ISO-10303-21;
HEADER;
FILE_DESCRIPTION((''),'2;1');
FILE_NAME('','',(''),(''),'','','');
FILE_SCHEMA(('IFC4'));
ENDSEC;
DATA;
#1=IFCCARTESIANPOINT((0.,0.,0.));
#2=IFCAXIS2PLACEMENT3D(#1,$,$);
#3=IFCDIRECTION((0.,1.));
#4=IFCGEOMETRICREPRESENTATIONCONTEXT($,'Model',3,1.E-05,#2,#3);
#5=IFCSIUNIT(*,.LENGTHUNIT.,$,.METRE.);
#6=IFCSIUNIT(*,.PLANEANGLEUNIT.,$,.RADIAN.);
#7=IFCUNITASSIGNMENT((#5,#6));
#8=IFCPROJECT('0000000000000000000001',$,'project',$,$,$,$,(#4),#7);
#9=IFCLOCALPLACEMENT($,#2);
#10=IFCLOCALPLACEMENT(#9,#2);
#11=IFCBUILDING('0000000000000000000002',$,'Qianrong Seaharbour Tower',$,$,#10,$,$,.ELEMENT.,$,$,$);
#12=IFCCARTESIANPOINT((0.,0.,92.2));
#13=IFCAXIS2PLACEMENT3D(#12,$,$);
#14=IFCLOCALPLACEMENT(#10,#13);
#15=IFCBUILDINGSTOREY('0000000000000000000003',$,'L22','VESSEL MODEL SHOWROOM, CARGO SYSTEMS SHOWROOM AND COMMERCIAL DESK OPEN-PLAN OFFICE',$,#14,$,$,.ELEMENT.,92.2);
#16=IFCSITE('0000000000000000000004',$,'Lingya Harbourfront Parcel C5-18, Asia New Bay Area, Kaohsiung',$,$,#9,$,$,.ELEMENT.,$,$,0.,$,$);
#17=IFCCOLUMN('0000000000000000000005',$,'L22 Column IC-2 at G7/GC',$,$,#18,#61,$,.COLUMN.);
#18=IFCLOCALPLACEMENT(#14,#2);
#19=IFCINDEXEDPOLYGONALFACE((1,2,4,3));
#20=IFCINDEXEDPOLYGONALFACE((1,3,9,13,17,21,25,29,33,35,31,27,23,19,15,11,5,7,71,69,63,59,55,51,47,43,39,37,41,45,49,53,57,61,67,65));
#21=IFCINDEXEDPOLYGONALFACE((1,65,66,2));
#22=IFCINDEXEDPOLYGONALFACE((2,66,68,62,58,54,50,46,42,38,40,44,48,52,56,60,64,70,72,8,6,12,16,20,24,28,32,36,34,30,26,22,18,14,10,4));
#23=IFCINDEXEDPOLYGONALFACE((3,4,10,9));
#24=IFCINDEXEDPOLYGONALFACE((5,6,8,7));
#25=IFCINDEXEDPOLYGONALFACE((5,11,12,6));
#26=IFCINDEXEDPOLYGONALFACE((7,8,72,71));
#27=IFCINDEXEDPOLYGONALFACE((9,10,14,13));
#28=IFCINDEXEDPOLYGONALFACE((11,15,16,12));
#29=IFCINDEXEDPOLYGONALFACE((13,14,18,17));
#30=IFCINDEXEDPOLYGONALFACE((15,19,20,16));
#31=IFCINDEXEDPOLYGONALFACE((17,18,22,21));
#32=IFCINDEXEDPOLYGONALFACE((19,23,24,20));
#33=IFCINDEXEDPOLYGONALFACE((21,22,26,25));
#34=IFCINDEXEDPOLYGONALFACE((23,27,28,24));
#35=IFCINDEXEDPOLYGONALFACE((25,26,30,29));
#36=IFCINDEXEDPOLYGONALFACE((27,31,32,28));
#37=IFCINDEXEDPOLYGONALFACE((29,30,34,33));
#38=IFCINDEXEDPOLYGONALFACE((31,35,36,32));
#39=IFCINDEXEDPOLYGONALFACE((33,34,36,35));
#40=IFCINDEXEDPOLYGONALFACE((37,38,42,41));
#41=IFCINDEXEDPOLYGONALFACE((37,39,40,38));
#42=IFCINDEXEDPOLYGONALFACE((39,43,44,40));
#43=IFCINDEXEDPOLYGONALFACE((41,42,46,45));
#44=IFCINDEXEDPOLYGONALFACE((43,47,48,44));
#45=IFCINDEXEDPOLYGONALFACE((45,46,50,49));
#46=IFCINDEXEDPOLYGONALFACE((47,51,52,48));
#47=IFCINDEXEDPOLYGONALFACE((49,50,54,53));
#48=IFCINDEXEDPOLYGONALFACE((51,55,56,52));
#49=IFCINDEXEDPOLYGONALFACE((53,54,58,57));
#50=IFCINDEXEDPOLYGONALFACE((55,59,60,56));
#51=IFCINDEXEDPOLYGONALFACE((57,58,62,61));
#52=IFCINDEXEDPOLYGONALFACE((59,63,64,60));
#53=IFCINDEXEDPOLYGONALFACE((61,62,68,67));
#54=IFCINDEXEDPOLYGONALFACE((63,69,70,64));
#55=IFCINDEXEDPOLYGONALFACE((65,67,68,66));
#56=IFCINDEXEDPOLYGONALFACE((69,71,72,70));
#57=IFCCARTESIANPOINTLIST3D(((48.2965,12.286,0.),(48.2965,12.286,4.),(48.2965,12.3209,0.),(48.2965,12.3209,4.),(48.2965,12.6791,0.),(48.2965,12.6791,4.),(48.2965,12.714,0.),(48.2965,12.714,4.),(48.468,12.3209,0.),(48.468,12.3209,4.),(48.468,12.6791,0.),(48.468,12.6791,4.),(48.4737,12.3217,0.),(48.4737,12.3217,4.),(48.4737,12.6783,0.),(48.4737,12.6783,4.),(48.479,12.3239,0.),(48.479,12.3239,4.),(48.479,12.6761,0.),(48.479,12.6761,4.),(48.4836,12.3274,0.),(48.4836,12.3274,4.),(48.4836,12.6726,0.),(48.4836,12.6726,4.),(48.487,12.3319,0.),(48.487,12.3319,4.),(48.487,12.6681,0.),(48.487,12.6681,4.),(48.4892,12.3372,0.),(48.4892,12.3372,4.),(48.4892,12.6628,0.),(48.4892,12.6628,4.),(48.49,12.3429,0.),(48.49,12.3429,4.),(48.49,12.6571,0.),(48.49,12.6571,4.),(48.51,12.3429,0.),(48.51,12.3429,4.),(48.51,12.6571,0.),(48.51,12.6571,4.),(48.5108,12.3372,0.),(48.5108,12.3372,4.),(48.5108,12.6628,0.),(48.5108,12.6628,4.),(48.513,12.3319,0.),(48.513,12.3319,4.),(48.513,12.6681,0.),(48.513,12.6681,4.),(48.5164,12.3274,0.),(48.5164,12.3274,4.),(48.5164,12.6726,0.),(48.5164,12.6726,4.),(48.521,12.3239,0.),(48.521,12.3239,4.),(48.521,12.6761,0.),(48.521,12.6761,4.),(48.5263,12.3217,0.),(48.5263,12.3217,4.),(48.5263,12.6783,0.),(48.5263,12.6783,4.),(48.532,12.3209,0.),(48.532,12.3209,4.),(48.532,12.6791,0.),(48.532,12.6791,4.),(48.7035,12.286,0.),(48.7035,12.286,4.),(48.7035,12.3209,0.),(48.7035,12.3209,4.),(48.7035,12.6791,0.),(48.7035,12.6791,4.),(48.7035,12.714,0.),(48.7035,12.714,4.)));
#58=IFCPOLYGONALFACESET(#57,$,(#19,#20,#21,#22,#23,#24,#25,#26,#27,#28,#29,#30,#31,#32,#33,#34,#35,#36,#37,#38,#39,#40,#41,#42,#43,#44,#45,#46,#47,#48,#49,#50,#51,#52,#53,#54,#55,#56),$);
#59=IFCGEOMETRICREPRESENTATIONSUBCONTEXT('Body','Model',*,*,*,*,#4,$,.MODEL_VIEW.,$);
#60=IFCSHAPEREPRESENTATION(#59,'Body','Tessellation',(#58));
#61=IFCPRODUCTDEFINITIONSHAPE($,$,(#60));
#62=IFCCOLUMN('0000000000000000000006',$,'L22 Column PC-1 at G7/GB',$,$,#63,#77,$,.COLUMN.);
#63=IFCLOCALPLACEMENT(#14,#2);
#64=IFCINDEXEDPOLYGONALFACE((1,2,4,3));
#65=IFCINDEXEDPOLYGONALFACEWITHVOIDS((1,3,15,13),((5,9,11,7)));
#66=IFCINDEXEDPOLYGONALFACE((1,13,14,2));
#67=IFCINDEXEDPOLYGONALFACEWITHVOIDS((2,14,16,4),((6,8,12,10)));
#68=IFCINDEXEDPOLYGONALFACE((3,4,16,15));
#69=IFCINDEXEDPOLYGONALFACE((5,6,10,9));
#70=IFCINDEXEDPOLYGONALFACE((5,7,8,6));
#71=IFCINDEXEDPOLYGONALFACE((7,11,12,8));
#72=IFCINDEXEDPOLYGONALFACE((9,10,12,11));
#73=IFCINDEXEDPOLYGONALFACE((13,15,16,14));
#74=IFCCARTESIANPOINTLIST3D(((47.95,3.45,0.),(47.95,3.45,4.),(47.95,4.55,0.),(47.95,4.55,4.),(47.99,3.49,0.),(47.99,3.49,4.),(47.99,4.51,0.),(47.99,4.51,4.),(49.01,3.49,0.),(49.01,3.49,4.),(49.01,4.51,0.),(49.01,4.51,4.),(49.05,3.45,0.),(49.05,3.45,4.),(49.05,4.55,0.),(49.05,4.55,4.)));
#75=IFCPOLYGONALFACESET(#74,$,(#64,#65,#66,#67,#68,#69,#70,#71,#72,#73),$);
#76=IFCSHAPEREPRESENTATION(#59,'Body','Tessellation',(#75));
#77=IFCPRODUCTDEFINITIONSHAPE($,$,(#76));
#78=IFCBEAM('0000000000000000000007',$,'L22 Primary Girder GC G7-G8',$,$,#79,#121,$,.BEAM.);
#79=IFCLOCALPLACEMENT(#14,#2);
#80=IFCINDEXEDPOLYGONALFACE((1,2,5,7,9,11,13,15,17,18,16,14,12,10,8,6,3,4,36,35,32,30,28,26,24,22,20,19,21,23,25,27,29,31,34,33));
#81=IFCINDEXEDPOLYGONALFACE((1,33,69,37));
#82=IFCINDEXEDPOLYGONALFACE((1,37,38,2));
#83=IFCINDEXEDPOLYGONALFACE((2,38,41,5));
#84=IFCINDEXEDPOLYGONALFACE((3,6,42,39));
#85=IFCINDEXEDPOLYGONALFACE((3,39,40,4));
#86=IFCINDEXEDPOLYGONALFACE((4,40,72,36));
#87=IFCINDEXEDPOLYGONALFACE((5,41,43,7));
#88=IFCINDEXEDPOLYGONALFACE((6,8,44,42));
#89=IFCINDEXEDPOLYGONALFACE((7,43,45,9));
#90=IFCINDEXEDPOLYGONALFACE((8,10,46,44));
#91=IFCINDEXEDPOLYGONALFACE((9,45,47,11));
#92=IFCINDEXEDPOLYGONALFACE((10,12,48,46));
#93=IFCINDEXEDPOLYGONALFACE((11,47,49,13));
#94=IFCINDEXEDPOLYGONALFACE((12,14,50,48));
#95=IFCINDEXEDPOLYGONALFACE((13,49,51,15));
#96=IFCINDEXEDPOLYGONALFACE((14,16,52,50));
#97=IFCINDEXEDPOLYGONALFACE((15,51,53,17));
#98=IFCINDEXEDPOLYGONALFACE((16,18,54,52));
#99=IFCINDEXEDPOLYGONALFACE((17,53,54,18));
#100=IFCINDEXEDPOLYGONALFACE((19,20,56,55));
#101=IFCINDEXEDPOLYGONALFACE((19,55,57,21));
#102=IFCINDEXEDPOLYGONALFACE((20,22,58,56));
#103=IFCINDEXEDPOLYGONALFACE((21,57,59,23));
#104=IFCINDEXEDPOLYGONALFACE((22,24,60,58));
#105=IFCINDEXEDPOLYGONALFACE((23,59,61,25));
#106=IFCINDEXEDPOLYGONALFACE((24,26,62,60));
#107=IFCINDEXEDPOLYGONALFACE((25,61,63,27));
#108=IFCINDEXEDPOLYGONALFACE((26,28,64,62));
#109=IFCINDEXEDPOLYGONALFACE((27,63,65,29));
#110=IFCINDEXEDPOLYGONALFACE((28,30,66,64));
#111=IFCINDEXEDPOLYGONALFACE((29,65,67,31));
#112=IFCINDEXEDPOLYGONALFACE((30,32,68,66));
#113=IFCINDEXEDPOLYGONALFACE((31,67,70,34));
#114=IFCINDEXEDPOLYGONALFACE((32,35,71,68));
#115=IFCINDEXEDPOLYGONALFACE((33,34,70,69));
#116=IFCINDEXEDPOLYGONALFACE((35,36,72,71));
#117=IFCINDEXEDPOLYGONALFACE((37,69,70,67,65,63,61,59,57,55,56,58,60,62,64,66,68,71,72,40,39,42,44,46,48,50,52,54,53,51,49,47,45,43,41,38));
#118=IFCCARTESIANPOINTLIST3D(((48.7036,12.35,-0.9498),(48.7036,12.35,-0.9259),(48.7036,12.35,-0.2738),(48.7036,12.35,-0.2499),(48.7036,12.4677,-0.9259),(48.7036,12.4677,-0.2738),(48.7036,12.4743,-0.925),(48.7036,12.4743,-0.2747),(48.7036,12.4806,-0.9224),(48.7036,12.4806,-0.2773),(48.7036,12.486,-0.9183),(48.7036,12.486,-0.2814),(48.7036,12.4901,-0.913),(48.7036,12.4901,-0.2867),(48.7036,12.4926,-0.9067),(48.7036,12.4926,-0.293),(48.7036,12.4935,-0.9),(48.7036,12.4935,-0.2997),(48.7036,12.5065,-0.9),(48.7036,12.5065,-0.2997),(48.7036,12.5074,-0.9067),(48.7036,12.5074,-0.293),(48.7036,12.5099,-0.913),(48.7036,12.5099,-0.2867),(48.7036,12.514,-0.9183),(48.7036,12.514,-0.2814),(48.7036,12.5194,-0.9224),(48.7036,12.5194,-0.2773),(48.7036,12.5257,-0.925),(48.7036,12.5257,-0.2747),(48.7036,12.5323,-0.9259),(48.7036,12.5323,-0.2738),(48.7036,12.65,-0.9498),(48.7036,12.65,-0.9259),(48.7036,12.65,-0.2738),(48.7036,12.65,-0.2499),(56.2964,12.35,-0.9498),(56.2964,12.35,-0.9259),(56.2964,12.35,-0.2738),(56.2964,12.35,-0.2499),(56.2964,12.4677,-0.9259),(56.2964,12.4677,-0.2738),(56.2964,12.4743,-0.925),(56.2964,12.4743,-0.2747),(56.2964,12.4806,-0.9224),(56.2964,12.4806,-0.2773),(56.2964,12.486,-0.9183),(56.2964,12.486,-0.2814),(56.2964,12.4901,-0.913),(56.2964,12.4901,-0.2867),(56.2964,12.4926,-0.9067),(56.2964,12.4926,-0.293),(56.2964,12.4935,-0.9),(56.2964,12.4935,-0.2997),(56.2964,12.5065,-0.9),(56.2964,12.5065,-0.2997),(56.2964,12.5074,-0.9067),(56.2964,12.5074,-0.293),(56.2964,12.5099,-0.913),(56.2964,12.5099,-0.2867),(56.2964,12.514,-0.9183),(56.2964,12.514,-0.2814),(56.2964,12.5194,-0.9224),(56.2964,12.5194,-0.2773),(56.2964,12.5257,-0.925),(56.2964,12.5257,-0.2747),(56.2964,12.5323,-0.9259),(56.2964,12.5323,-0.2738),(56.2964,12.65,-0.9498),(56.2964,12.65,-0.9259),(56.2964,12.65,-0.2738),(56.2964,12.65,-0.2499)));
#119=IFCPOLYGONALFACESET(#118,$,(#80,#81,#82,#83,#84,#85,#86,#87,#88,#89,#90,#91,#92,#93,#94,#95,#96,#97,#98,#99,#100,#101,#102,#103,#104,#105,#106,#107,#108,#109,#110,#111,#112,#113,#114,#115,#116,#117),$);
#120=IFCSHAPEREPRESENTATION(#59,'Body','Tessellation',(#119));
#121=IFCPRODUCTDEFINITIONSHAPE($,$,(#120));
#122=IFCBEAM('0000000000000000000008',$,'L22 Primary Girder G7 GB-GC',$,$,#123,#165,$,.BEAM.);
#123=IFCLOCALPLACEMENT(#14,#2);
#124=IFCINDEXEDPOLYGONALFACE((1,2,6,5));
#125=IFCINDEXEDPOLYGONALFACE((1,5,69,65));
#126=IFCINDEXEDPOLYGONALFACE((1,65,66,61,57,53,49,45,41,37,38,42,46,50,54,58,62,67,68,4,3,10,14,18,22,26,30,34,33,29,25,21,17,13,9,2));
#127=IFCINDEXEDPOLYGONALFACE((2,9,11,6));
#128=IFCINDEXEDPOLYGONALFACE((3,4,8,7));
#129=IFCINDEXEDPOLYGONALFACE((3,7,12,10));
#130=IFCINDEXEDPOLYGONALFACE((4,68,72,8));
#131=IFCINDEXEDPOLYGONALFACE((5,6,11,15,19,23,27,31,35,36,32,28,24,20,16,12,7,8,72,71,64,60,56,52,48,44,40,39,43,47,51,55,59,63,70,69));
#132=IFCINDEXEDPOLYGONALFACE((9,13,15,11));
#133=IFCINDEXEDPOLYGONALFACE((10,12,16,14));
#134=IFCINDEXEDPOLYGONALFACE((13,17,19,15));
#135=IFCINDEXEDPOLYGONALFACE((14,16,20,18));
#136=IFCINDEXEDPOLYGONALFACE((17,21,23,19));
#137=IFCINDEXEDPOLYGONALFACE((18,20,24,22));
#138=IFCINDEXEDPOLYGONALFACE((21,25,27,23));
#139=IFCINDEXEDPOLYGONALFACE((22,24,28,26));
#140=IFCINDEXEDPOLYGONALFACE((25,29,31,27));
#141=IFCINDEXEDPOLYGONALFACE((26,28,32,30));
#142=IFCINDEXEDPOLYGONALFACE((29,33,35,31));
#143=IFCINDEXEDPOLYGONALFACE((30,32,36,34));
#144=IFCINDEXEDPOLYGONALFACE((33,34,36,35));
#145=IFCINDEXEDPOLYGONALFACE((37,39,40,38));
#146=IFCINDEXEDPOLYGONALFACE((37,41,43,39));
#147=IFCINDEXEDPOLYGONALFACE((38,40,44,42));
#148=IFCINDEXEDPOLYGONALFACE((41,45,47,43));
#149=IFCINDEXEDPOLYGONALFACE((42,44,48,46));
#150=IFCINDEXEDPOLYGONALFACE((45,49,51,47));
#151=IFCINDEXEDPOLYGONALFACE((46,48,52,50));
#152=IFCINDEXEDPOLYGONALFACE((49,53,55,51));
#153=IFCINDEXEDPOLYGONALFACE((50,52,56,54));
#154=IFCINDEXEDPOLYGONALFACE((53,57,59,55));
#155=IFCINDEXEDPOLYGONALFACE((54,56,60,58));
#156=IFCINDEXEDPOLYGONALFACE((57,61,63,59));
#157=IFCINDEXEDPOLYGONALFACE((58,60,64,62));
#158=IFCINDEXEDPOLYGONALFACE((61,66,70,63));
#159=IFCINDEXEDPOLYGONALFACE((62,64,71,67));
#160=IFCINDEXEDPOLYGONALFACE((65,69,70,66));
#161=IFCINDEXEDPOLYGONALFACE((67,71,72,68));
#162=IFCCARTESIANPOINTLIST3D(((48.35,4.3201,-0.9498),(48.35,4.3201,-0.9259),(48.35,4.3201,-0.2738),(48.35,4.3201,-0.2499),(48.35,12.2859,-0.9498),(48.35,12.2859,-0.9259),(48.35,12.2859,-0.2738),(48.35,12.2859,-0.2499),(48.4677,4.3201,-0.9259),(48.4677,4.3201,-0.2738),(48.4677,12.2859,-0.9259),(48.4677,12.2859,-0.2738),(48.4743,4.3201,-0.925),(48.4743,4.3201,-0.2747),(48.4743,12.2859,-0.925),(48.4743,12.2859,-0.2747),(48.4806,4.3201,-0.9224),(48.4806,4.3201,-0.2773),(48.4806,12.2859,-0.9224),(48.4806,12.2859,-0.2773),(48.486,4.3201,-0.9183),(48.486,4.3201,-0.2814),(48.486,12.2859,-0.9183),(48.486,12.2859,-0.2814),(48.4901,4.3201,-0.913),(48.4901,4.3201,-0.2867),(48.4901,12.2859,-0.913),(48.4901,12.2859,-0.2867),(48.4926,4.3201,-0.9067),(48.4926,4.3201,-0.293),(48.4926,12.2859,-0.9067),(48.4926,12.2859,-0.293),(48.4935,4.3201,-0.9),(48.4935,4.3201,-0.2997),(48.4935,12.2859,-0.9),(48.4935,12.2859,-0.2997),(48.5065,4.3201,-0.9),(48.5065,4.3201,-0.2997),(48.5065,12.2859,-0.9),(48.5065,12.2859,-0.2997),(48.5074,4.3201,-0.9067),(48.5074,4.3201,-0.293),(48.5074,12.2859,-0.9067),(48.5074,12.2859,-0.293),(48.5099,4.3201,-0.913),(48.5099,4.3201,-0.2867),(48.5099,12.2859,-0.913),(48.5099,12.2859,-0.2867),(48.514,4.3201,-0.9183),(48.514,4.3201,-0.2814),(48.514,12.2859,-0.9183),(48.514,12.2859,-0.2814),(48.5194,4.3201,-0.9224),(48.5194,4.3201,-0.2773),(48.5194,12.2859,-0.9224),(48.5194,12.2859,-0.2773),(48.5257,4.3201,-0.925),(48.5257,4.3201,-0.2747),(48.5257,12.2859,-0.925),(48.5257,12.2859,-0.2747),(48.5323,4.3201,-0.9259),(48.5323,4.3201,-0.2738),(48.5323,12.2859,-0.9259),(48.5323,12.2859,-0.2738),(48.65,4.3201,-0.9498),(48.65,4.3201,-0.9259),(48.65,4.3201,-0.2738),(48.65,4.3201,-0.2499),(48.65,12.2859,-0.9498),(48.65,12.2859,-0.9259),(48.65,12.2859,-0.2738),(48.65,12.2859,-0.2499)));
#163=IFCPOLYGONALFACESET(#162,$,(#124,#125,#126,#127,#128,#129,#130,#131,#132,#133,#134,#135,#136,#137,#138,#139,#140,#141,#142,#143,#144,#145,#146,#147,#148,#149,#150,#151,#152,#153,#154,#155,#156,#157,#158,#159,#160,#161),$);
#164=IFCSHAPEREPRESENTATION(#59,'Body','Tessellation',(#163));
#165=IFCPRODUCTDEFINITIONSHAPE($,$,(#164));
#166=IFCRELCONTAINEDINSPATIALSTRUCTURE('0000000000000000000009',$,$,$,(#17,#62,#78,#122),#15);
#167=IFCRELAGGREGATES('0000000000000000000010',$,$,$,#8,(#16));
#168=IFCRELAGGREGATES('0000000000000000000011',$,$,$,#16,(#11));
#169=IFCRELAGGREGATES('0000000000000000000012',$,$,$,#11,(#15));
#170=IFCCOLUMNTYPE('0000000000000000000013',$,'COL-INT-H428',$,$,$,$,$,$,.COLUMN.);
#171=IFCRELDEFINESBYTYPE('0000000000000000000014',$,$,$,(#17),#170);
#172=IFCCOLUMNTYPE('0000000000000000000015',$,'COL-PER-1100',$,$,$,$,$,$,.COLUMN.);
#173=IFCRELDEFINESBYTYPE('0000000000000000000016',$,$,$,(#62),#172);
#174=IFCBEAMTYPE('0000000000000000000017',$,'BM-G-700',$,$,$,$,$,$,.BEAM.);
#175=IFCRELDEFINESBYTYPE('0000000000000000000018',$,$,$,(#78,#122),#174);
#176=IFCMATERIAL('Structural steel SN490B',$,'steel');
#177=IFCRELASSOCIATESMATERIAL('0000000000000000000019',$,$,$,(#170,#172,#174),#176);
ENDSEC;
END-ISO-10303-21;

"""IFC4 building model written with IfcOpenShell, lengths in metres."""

from ifc_helpers import new_model, si_unit, direction, frame, origin, origin_2d, place, context, subcontext, project, spatial, hollow_rectangle, i_section, extrude, material, material_profile, profile_set, type_object, element, save


model = new_model("IFC4")

# Units and contexts
model_context = context("Model", 3, precision=1e-05, world=origin(), true_north=direction((0.0, 1.0)))
body_context = subcontext(model_context, "Body", "Model", "MODEL_VIEW")
ifc_project = project(units=[si_unit("LENGTHUNIT", "METRE"), si_unit("PLANEANGLEUNIT", "RADIAN")], contexts=[model_context])

# Site, building, storey
site_placement = place(None, origin())
site = spatial("IfcSite", under=ifc_project, at=site_placement, Name="Lingya Harbourfront Parcel C5-18, Asia New Bay Area, Kaohsiung", CompositionType="ELEMENT", RefElevation=0.0)
building_placement = place(site_placement, origin())
building = spatial("IfcBuilding", under=site, at=building_placement, Name="Qianrong Seaharbour Tower", CompositionType="ELEMENT")
storey_placement = place(building_placement, frame((0.0, 0.0, 92.2)))
storey = spatial("IfcBuildingStorey", under=building, at=storey_placement, Name="L22", Description="VESSEL MODEL SHOWROOM, CARGO SYSTEMS SHOWROOM AND COMMERCIAL DESK OPEN-PLAN OFFICE", CompositionType="ELEMENT", Elevation=92.2)

# Columns
ifc_material_1 = material(Name="Structural steel SN490B", Category="steel")
ifc_material_profile_1 = material_profile(ifc_material_1, i_section(OverallWidth=0.407, OverallDepth=0.428, WebThickness=0.02, FlangeThickness=0.0349, FilletRadius=0.022, at=origin_2d()), Name="H428x407x20x35")
ifc_profile_set_1 = profile_set([ifc_material_profile_1], Name="Structural steel SN490B")
column_type_1 = type_object("IfcColumnType", Name="COL-INT-H428", PredefinedType="COLUMN", material=ifc_profile_set_1)
column_1_placement = place(storey_placement, frame((48.5, 12.5, 0.0), z_axis=(0.0, 0.0, 1.0), x_axis=(1.0, 0.0, 0.0)))
element("IfcColumn", 1, at=column_1_placement, inside=storey, type_object=column_type_1, Name="L22 Column IC-2 at G7/GC", PredefinedType="COLUMN", context=body_context, shape_type="SweptSolid", body=[
    extrude(i_section(OverallWidth=0.407, OverallDepth=0.428, WebThickness=0.02, FlangeThickness=0.0349, FilletRadius=0.022, at=origin_2d()), origin(), (0.0, 0.0, 1.0), 4.0),
])
ifc_material_profile_2 = material_profile(ifc_material_1, hollow_rectangle(XDim=1.1001, YDim=1.1001, WallThickness=0.04, at=origin_2d()), Name="BOX1100x1100x40")
ifc_profile_set_2 = profile_set([ifc_material_profile_2], Name="Structural steel SN490B")
column_type_2 = type_object("IfcColumnType", Name="COL-PER-1100", PredefinedType="COLUMN", material=ifc_profile_set_2)
column_2_placement = place(storey_placement, frame((48.5, 4.0, 0.0), z_axis=(0.0, 0.0, 1.0), x_axis=(1.0, 0.0, 0.0)))
element("IfcColumn", 2, at=column_2_placement, inside=storey, type_object=column_type_2, Name="L22 Column PC-1 at G7/GB", PredefinedType="COLUMN", context=body_context, shape_type="SweptSolid", body=[
    extrude(hollow_rectangle(XDim=1.1001, YDim=1.1001, WallThickness=0.04, at=origin_2d()), origin(), (0.0, 0.0, 1.0), 4.0),
])

# Beams
ifc_material_profile_3 = material_profile(ifc_material_1, i_section(OverallWidth=0.3, OverallDepth=0.7, WebThickness=0.0129, FlangeThickness=0.0239, FilletRadius=0.0259, at=origin_2d()), Name="H700x300x13x24")
ifc_profile_set_3 = profile_set([ifc_material_profile_3], Name="Structural steel SN490B")
beam_type_1 = type_object("IfcBeamType", Name="BM-G-700", PredefinedType="BEAM", material=ifc_profile_set_3)
beam_1_placement = place(storey_placement, frame((48.7036, 12.5, -0.5999), z_axis=(1.0, 0.0, 0.0), x_axis=(0.0, 1.0, 0.0)))
element("IfcBeam", 3, at=beam_1_placement, inside=storey, type_object=beam_type_1, Name="L22 Primary Girder GC G7-G8", PredefinedType="BEAM", context=body_context, shape_type="SweptSolid", body=[
    extrude(i_section(OverallWidth=0.3, OverallDepth=0.7, WebThickness=0.0129, FlangeThickness=0.0239, FilletRadius=0.0259, at=origin_2d()), origin(), (0.0, 0.0, 1.0), 7.5928),
])
beam_2_placement = place(storey_placement, frame((48.5, 4.3201, -0.5999), z_axis=(0.0, 1.0, 0.0), x_axis=(-1.0, 0.0, 0.0)))
element("IfcBeam", 4, at=beam_2_placement, inside=storey, type_object=beam_type_1, Name="L22 Primary Girder G7 GB-GC", PredefinedType="BEAM", context=body_context, shape_type="SweptSolid", body=[
    extrude(i_section(OverallWidth=0.3, OverallDepth=0.7, WebThickness=0.0129, FlangeThickness=0.0239, FilletRadius=0.0259, at=origin_2d()), origin(), (0.0, 0.0, 1.0), 7.9658),
])

save(model, "model.ifc")
